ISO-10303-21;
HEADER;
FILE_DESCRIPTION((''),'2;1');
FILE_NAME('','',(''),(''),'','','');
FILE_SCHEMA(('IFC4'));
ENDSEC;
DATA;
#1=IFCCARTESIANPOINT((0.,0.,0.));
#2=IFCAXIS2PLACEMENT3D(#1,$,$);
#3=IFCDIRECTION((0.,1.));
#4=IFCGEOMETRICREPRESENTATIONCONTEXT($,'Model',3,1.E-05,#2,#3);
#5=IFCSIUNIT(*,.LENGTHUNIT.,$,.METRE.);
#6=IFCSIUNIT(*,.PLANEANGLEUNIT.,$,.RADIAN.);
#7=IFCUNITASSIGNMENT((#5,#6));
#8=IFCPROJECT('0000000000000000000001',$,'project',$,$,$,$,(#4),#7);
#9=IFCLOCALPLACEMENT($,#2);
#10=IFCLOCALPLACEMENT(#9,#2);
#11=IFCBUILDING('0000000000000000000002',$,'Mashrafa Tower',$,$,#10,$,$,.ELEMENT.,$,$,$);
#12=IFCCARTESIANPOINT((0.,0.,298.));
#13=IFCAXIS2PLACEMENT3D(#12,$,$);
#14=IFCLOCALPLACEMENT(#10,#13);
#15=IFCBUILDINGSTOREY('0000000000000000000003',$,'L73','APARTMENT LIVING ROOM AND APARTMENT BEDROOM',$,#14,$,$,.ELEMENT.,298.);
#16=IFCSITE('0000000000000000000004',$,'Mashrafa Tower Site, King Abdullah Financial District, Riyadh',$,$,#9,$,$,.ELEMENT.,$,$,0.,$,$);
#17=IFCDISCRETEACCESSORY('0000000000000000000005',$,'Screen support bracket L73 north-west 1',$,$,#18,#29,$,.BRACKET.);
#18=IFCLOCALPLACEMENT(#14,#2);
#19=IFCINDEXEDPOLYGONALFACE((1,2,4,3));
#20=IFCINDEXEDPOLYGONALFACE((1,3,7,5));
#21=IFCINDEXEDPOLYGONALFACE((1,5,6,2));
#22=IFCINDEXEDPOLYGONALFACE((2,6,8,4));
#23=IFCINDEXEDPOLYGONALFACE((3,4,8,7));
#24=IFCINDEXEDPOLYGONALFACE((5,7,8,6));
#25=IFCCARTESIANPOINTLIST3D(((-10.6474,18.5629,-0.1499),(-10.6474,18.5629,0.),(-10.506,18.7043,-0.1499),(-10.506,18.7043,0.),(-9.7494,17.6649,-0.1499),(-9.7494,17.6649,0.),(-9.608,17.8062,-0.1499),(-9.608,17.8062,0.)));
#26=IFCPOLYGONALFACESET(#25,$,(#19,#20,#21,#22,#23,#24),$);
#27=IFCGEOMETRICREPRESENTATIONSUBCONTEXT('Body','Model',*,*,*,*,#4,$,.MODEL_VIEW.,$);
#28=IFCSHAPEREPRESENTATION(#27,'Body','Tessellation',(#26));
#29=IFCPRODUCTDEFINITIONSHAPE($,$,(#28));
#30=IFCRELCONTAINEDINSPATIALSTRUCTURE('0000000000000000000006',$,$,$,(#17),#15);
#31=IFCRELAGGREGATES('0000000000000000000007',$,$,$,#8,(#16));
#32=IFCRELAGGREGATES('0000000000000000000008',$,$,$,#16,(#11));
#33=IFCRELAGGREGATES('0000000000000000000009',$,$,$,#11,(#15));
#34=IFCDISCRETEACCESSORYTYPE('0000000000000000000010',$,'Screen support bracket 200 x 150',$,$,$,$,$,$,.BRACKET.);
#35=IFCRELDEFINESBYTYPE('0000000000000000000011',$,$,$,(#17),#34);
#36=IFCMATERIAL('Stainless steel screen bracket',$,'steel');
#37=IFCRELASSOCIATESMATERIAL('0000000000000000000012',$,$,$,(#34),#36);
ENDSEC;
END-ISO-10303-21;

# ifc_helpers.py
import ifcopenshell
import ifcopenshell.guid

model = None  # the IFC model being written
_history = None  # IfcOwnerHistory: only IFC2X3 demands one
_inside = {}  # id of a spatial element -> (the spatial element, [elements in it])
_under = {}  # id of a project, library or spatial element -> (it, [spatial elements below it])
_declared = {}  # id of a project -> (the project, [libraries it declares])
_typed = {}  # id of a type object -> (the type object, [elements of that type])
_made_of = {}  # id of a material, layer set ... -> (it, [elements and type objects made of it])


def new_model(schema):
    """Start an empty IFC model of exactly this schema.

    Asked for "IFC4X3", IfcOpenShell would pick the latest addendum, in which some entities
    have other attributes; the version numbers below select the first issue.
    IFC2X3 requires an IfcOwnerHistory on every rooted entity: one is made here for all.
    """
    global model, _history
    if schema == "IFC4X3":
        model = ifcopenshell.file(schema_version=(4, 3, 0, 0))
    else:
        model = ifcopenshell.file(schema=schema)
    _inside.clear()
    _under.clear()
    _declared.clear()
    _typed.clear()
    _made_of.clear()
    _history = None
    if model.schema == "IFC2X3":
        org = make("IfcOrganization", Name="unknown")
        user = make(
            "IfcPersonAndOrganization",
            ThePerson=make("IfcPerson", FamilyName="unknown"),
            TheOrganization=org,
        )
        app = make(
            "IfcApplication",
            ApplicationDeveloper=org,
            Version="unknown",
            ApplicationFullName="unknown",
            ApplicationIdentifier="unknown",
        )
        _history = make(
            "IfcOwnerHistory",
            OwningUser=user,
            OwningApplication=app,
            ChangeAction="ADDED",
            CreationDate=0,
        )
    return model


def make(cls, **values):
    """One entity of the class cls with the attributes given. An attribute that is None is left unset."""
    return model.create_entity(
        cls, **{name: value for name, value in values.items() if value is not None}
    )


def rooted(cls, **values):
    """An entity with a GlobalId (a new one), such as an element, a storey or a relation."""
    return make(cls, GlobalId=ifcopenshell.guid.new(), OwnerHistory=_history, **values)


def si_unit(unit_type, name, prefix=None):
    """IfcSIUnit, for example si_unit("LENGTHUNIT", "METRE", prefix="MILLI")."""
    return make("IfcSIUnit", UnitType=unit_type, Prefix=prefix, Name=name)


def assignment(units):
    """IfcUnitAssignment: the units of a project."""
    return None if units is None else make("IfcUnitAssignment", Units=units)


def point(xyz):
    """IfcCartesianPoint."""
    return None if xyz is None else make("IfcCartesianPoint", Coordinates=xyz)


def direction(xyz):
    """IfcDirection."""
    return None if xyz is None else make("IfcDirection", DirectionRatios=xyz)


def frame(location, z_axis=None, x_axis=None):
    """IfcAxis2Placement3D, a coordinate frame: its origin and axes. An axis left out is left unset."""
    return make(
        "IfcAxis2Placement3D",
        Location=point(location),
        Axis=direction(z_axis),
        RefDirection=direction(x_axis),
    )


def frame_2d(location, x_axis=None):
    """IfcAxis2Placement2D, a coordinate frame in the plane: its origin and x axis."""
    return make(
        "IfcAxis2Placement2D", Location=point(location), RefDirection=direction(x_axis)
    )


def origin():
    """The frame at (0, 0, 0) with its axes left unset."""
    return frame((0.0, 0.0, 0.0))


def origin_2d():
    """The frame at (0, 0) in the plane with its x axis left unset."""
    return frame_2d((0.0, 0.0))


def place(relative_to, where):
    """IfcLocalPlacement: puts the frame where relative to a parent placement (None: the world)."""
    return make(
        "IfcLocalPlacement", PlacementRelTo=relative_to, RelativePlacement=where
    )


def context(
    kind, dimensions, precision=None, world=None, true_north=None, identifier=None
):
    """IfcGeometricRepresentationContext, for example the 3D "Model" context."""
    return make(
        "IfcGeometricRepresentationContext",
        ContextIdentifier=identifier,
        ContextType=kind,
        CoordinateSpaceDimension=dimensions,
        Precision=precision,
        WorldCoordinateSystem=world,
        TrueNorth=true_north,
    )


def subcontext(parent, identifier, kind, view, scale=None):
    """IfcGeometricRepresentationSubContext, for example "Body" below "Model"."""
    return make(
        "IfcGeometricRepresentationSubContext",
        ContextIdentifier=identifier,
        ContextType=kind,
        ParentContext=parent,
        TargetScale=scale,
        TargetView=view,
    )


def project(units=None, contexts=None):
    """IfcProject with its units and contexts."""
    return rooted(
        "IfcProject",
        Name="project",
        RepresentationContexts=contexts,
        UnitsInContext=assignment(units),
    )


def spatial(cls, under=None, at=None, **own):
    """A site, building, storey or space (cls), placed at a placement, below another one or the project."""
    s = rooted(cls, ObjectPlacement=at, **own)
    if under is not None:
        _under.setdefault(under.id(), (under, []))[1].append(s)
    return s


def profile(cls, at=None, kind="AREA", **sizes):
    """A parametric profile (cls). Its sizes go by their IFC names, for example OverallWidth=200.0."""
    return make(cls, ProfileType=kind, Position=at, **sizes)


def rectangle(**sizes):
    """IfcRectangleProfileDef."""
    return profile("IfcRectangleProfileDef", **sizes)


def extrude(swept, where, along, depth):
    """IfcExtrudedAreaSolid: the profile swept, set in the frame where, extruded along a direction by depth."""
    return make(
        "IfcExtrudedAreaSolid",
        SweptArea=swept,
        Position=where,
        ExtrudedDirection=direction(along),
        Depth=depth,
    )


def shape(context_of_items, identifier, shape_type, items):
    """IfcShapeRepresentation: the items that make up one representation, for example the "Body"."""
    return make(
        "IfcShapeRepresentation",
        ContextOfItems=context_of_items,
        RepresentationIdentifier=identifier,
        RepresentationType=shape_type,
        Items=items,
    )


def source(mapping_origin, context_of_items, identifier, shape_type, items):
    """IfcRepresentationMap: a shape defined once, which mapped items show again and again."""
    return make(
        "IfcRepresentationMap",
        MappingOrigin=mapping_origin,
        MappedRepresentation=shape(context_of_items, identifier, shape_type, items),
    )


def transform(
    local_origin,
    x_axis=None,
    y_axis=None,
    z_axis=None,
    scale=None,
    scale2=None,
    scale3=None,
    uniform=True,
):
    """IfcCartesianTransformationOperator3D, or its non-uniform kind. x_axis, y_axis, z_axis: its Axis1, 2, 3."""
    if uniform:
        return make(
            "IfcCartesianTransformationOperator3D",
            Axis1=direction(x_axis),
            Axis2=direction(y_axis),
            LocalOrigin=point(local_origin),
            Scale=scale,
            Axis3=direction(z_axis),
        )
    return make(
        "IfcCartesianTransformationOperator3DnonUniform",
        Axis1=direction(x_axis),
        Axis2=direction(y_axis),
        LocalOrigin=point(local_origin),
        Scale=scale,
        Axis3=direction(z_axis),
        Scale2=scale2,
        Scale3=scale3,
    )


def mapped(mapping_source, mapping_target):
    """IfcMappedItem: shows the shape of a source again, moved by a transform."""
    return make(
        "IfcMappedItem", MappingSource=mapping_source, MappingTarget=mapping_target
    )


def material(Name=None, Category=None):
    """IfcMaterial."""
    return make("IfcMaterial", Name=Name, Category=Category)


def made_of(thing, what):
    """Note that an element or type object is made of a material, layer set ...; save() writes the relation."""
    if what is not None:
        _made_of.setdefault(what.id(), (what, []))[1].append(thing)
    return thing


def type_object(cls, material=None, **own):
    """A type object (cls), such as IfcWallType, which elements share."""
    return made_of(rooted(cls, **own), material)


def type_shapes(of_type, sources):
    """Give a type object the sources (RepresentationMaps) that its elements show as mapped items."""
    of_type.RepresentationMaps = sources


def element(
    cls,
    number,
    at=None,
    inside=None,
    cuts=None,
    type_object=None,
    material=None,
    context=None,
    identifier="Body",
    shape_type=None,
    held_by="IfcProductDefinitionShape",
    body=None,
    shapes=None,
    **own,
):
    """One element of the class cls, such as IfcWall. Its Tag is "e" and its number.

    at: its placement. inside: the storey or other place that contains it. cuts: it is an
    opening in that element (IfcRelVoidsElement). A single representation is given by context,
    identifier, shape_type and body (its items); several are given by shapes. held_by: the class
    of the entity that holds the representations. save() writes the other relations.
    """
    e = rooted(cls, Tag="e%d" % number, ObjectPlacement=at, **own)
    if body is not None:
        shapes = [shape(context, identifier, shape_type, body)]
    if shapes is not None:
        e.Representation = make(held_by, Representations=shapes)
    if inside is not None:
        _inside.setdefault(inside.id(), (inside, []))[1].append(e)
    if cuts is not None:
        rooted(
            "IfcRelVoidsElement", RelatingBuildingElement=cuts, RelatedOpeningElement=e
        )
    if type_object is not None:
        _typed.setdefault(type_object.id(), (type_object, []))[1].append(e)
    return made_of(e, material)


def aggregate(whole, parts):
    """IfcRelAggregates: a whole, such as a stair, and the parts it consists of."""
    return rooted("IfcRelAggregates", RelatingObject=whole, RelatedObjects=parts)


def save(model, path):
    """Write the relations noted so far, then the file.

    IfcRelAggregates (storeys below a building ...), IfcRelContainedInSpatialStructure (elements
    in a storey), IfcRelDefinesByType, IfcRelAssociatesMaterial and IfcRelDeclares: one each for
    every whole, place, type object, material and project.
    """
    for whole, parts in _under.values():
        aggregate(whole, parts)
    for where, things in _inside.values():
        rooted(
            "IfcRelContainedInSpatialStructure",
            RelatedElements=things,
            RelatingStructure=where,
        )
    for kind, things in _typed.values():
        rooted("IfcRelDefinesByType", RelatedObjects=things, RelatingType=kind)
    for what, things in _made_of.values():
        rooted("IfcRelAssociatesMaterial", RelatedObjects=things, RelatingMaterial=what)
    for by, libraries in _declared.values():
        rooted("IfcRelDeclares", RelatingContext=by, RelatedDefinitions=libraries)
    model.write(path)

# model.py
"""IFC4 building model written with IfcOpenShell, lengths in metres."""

from ifc_helpers import new_model, si_unit, direction, frame, origin, origin_2d, place, context, subcontext, project, spatial, rectangle, extrude, source, transform, mapped, material, type_object, type_shapes, element, save


model = new_model("IFC4")

# Units and contexts
model_context = context("Model", 3, precision=1e-05, world=origin(), true_north=direction((0.0, 1.0)))
body_context = subcontext(model_context, "Body", "Model", "MODEL_VIEW")
ifc_project = project(units=[si_unit("LENGTHUNIT", "METRE"), si_unit("PLANEANGLEUNIT", "RADIAN")], contexts=[model_context])

# Site, building, storey
site_placement = place(None, origin())
site = spatial("IfcSite", under=ifc_project, at=site_placement, Name="Mashrafa Tower Site, King Abdullah Financial District, Riyadh", CompositionType="ELEMENT", RefElevation=0.0)
building_placement = place(site_placement, origin())
building = spatial("IfcBuilding", under=site, at=building_placement, Name="Mashrafa Tower", CompositionType="ELEMENT")
storey_placement = place(building_placement, frame((0.0, 0.0, 298.0)))
storey = spatial("IfcBuildingStorey", under=building, at=storey_placement, Name="L73", Description="APARTMENT LIVING ROOM AND APARTMENT BEDROOM", CompositionType="ELEMENT", Elevation=298.0)

# Discrete accessory
ifc_material_1 = material(Name="Stainless steel screen bracket", Category="steel")
discrete_accessory_type = type_object("IfcDiscreteAccessoryType", Name="Screen support bracket 200 x 150", PredefinedType="BRACKET", material=ifc_material_1)
shared_shape_1 = source(origin(), body_context, "Body", "SweptSolid", [
    extrude(rectangle(XDim=0.2, YDim=1.27, at=origin_2d()), origin(), (0.0, 0.0, 1.0), 0.1499),
])
type_shapes(discrete_accessory_type, [shared_shape_1])
for number, where, z_axis, x_axis, name in (
    (1, (-10.1277, 18.1846, -0.1499), (0.0, 0.0, 1.0), (-0.707107, -0.707107, 0.0), "Screen support bracket L73 north-west 1"),
):
    element("IfcDiscreteAccessory", number, at=place(storey_placement, frame(where, z_axis=z_axis, x_axis=x_axis)), inside=storey, type_object=discrete_accessory_type, Name=name, PredefinedType="BRACKET", context=body_context, shape_type="MappedRepresentation", body=[
        mapped(shared_shape_1, transform((0.0, 0.0, 0.0))),
    ])

save(model, "model.ifc")
